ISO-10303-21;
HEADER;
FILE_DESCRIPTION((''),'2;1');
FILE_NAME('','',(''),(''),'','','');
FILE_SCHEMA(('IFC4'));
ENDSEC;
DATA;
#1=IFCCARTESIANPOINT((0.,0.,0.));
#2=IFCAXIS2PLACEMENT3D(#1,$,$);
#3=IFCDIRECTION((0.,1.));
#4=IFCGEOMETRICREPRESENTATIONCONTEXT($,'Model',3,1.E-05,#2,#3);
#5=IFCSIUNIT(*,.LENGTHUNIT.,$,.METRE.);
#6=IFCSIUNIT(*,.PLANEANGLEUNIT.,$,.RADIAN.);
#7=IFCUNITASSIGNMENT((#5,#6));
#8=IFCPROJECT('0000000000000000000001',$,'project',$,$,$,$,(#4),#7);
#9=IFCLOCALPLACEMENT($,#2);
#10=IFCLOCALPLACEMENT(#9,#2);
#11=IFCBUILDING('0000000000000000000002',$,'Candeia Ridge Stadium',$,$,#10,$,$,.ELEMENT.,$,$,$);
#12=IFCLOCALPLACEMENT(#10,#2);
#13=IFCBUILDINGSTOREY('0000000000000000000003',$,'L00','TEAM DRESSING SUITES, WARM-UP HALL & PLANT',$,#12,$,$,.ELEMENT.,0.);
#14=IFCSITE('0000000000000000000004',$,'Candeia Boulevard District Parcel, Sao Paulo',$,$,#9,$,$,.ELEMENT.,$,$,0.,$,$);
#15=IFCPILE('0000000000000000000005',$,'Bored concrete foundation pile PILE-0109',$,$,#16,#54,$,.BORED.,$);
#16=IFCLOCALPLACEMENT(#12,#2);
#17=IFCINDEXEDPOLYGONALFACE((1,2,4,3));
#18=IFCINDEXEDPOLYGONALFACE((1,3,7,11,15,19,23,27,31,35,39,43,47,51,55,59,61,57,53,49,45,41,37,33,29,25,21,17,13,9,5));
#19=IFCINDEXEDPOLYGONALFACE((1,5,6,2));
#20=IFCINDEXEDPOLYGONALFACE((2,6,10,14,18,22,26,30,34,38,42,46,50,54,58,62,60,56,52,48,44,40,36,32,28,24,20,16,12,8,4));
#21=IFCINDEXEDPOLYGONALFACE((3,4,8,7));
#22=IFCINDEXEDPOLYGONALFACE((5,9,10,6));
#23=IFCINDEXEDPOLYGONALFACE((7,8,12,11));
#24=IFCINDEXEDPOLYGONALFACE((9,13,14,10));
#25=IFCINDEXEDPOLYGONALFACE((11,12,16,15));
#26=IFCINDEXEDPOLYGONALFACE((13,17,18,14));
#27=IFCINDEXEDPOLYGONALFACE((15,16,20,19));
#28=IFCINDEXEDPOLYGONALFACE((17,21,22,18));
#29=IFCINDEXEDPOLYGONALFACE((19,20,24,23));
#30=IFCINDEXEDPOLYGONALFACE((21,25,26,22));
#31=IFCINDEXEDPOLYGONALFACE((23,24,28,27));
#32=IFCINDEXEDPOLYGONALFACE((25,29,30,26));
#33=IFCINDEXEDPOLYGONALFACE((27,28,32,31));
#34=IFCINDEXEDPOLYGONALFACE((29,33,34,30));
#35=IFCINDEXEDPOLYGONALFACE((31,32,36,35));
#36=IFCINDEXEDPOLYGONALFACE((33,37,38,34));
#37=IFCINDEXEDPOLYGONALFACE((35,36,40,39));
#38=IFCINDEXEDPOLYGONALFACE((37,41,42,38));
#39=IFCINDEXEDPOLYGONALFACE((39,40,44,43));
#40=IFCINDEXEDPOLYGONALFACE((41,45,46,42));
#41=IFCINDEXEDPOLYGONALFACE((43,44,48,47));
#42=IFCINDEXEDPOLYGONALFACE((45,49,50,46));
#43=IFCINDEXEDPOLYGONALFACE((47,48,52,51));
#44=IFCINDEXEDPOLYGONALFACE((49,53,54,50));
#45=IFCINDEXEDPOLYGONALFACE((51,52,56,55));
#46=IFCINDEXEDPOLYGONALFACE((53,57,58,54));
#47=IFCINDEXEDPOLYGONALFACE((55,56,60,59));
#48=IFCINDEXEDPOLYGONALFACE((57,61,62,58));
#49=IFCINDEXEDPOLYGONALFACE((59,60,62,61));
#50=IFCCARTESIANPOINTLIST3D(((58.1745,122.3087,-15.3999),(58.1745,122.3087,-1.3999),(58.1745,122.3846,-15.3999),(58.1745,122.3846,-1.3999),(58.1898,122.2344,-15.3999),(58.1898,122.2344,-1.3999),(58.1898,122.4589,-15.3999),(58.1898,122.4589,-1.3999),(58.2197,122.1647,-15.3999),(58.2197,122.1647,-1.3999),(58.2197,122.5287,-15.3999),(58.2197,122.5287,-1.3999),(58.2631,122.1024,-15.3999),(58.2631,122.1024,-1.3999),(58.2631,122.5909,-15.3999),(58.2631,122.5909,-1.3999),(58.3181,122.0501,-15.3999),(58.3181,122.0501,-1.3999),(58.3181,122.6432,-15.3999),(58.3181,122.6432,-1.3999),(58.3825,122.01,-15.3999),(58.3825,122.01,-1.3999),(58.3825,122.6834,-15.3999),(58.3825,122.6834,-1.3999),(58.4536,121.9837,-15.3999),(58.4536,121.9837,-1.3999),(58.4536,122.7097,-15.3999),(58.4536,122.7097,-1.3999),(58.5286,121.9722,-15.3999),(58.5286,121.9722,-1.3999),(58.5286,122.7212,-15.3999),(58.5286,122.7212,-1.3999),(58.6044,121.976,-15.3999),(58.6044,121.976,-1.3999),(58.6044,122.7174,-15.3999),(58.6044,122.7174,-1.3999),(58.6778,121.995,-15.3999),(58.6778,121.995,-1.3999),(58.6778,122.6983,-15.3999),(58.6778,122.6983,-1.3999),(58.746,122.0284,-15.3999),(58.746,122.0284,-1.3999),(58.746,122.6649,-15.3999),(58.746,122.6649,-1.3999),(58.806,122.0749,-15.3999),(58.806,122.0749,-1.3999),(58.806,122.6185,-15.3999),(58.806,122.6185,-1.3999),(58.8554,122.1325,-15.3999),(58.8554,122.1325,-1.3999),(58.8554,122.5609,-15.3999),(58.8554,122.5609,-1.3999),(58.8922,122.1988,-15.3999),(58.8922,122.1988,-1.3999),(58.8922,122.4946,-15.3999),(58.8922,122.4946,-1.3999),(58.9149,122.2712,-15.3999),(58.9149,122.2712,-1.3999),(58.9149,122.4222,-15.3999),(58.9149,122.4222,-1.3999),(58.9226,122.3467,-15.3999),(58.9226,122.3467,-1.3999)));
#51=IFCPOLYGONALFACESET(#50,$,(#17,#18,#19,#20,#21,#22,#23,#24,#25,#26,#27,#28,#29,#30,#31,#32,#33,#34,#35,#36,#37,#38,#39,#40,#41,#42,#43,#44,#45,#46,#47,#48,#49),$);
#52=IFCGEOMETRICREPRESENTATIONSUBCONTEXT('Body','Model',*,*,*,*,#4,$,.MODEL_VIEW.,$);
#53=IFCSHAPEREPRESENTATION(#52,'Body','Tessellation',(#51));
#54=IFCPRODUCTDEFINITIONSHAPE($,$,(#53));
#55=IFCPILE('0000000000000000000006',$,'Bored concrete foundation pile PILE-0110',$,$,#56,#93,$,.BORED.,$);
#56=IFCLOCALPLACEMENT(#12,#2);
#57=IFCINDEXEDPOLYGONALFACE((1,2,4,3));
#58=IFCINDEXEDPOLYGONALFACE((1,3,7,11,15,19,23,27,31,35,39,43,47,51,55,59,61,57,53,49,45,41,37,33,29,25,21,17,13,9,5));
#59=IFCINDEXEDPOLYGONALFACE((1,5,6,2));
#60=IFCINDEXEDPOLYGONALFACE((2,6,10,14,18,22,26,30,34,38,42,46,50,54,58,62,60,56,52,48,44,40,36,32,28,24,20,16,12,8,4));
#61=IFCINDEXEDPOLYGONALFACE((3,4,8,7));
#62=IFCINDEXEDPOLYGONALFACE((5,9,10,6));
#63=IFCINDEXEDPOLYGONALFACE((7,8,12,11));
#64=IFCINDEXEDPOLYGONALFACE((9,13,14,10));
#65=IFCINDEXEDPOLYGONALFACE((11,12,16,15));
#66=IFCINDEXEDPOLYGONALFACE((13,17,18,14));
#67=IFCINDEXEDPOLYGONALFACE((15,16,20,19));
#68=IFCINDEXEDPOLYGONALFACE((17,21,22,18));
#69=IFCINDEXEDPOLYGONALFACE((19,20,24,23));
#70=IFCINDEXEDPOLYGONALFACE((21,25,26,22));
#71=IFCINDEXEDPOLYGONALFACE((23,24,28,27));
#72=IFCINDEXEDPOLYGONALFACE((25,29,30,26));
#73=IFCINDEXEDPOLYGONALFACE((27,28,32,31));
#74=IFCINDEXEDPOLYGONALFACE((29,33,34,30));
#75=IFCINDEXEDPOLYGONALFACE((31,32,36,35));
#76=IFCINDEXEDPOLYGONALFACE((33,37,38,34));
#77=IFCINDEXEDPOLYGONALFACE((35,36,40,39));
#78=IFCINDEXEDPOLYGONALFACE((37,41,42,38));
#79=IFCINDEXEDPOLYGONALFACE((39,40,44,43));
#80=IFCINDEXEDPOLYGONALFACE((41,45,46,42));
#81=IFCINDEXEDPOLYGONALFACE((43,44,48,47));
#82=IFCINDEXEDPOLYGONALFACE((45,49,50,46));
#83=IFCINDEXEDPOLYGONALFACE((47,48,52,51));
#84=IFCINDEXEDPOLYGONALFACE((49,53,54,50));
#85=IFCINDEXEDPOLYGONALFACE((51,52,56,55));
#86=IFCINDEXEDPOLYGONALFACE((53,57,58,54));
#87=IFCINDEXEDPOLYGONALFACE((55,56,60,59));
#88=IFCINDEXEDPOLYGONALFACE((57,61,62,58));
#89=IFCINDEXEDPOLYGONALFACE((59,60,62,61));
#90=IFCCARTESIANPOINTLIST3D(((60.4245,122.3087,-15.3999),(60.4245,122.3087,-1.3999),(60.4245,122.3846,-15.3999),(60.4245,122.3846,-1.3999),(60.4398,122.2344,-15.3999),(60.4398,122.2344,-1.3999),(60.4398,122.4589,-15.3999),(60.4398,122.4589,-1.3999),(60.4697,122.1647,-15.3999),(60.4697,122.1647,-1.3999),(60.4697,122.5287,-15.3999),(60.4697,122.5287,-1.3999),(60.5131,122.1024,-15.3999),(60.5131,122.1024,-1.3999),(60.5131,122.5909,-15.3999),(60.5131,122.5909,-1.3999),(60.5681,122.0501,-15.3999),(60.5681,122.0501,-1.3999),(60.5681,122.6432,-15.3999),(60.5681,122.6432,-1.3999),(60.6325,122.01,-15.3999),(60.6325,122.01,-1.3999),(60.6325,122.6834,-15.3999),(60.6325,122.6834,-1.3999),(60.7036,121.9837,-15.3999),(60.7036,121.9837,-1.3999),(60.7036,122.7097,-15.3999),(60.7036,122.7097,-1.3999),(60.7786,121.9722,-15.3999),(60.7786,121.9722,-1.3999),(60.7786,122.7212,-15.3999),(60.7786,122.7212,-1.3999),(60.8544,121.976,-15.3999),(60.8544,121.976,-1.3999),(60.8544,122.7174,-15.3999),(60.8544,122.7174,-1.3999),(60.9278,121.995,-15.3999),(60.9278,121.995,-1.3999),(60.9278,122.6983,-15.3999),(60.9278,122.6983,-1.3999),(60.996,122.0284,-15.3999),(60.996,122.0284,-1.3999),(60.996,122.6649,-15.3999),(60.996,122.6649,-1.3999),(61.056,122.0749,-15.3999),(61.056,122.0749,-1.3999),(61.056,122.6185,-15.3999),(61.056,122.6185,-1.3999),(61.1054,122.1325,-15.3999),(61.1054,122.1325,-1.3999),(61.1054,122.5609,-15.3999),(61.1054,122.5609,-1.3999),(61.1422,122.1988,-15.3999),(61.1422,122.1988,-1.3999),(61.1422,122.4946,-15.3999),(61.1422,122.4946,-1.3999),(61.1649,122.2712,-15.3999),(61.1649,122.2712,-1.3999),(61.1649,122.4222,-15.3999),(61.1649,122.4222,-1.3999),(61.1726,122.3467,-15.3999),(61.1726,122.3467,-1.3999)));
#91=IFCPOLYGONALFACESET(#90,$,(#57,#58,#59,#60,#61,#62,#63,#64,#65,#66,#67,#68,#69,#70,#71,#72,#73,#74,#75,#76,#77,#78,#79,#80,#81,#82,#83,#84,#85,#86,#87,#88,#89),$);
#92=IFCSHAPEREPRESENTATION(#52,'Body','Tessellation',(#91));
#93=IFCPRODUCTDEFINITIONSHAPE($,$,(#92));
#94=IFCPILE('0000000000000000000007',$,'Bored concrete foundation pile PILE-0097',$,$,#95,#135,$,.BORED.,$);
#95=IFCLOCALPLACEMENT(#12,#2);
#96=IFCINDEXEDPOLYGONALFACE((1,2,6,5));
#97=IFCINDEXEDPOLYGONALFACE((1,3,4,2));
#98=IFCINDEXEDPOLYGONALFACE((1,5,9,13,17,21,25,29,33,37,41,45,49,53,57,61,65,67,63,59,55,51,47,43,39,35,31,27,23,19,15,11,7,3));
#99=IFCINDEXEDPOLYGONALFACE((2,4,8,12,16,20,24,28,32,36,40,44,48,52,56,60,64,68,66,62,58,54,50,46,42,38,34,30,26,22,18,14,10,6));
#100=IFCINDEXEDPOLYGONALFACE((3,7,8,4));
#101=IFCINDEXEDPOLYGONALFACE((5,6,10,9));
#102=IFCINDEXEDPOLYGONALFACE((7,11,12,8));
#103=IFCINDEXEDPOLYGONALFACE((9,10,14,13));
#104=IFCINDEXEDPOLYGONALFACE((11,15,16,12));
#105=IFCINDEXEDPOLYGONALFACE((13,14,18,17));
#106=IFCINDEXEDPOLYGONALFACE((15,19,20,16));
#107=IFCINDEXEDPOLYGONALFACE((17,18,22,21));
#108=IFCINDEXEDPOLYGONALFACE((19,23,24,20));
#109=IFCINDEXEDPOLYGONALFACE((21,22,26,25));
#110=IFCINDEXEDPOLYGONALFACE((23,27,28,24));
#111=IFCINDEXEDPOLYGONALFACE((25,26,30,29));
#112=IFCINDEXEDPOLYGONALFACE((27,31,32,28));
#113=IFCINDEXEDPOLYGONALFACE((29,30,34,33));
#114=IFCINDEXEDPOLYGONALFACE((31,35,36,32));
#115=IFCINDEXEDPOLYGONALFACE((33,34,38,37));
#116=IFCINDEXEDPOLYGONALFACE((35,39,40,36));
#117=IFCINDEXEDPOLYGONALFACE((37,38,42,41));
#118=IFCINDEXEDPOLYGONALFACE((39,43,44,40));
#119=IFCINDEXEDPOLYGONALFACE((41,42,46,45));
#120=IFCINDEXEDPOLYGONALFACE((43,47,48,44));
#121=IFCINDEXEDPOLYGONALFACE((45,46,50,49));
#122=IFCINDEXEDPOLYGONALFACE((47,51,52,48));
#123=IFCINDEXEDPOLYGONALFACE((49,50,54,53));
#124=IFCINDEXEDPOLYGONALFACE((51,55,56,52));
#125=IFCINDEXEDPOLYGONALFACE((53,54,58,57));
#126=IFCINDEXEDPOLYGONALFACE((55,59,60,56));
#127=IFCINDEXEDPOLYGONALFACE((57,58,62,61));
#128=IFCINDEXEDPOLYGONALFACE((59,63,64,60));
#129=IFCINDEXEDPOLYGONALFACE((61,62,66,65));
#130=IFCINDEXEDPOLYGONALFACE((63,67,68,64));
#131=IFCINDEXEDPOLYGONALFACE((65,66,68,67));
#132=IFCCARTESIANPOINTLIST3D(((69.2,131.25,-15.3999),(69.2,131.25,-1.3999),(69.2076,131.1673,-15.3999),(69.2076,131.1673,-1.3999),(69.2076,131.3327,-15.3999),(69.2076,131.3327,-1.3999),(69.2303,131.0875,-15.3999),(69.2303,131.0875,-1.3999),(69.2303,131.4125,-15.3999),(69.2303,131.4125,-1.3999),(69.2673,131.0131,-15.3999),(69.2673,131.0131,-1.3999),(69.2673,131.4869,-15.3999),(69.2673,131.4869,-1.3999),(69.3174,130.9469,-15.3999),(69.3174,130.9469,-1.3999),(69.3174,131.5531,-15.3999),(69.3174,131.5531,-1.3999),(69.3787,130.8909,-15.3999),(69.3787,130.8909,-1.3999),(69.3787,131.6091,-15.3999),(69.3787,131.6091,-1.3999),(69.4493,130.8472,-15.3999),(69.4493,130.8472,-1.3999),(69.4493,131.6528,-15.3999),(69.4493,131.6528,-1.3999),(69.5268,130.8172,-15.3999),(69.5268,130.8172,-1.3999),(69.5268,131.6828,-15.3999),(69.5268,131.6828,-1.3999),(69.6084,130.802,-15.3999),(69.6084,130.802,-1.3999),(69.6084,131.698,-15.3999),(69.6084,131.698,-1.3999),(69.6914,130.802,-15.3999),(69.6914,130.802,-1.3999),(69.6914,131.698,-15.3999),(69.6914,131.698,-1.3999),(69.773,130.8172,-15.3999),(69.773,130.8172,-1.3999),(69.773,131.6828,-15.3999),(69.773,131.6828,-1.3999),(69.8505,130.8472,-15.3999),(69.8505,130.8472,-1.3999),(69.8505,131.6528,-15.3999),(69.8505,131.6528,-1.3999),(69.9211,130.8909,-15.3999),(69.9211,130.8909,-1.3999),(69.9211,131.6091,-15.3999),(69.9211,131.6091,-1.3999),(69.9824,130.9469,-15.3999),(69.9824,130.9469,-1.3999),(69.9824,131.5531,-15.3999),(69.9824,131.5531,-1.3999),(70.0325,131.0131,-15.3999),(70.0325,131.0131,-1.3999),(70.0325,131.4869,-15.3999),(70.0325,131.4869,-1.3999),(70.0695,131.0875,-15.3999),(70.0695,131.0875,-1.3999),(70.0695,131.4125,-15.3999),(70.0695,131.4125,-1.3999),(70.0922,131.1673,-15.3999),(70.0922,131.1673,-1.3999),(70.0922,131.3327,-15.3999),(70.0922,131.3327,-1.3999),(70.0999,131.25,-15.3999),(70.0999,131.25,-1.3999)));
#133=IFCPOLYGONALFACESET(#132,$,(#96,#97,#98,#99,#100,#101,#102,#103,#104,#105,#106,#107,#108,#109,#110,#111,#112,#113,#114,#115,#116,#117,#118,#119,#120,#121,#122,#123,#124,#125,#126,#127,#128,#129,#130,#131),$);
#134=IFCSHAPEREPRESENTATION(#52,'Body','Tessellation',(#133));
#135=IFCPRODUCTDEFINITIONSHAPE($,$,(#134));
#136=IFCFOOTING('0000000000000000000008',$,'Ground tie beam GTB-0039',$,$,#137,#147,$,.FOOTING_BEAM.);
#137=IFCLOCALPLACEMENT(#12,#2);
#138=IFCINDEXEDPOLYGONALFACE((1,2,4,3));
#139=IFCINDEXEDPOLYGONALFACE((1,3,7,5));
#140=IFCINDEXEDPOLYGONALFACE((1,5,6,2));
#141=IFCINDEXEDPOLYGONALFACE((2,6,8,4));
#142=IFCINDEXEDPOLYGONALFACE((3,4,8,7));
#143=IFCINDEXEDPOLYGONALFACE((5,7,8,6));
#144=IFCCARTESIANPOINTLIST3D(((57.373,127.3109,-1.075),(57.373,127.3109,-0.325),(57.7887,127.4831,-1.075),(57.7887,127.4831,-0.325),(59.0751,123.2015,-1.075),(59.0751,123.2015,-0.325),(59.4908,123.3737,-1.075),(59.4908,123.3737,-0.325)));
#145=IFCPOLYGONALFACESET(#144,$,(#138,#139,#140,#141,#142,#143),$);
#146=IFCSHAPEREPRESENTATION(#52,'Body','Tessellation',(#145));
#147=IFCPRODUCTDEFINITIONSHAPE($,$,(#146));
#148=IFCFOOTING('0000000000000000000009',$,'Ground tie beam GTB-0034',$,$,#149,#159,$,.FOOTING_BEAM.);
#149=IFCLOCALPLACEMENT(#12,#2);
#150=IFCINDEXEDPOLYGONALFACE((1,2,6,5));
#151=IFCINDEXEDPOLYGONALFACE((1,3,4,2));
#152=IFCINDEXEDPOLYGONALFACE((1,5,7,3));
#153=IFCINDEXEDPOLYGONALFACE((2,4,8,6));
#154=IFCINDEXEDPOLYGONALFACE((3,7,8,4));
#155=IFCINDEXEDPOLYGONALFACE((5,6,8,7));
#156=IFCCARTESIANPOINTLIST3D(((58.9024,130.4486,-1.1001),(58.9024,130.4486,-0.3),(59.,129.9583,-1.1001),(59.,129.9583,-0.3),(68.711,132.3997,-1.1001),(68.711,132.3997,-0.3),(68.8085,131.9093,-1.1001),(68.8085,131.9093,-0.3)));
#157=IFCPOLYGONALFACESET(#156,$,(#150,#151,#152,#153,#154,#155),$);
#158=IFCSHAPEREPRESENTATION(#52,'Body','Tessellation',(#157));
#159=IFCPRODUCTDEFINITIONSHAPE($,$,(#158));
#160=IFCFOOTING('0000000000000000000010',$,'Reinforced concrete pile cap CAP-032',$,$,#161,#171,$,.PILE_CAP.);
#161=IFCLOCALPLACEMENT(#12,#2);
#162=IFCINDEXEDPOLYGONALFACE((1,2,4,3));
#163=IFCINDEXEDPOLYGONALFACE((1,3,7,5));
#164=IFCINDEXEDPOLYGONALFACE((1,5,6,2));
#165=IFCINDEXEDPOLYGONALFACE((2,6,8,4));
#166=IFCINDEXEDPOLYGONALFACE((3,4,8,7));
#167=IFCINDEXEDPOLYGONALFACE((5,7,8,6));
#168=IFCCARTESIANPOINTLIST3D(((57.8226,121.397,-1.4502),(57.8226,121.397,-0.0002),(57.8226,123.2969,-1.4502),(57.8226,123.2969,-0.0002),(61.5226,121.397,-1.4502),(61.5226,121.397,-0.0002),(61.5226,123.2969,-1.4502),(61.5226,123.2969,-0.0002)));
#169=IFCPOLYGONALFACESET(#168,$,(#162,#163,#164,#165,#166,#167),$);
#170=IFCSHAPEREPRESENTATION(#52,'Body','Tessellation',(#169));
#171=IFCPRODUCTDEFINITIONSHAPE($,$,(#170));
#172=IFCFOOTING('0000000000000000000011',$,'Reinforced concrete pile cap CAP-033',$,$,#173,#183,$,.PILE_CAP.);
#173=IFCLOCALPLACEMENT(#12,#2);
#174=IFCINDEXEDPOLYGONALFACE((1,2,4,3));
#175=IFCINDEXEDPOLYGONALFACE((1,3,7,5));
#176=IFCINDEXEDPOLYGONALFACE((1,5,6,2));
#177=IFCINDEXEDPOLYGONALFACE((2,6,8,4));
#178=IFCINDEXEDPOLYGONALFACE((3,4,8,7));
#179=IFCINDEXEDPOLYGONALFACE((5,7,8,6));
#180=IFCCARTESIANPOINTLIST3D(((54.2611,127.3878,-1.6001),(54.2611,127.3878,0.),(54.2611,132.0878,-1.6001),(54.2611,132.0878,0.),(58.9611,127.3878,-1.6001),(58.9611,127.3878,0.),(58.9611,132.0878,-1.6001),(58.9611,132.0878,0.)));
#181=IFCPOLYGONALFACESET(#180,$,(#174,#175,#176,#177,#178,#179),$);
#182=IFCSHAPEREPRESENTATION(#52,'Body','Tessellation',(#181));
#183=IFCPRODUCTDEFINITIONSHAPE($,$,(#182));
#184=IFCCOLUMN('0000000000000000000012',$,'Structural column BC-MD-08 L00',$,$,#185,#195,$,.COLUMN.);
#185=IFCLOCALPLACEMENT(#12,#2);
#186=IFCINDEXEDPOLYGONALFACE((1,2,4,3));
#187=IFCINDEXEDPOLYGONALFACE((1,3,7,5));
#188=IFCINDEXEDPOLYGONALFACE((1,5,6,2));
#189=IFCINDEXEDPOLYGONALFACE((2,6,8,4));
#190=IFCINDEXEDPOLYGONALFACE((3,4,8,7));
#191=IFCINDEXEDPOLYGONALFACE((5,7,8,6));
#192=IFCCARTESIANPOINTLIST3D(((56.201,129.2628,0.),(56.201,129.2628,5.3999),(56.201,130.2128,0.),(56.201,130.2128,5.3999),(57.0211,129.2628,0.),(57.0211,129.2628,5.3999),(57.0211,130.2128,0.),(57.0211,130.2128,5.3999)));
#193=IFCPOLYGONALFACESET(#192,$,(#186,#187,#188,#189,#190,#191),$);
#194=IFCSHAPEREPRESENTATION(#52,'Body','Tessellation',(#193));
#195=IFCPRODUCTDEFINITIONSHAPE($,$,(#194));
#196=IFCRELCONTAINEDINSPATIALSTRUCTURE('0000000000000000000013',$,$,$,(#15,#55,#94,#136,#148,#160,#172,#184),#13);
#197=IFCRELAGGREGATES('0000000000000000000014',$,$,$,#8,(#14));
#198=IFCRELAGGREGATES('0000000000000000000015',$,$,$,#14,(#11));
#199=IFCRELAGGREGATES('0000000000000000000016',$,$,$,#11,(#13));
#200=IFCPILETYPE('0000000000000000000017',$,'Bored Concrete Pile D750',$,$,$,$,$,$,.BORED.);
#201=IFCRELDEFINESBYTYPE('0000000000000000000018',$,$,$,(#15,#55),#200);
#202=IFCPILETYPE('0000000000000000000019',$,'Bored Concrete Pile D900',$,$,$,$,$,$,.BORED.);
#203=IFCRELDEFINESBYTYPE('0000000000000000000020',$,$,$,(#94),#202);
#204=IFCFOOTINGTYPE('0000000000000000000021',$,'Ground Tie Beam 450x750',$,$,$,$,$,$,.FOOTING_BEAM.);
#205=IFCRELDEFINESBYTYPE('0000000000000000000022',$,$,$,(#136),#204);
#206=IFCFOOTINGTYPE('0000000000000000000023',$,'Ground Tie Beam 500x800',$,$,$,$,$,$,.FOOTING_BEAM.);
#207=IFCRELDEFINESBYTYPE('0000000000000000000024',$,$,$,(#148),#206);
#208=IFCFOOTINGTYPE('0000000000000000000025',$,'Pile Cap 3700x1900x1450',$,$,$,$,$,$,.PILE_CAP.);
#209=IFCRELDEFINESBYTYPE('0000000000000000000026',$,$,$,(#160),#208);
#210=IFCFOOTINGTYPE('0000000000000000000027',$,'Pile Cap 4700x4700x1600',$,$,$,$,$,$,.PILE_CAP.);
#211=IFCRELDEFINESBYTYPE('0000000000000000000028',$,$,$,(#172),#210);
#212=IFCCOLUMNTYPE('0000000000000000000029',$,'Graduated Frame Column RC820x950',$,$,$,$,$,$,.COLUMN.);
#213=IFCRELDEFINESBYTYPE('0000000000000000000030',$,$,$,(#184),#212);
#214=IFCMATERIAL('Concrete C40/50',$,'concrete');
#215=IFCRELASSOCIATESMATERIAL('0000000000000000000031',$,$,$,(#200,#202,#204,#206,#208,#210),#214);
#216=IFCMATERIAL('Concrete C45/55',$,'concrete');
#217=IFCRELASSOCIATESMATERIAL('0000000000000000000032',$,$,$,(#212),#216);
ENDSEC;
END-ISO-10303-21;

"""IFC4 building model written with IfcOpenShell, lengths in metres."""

from ifc_helpers import new_model, si_unit, direction, frame, origin, origin_2d, place, context, subcontext, project, spatial, rectangle, circle, extrude, material, material_profile, profile_set, type_object, element, save


model = new_model("IFC4")

# Units and contexts
model_context = context("Model", 3, precision=1e-05, world=origin(), true_north=direction((0.0, 1.0)))
body_context = subcontext(model_context, "Body", "Model", "MODEL_VIEW")
ifc_project = project(units=[si_unit("LENGTHUNIT", "METRE"), si_unit("PLANEANGLEUNIT", "RADIAN")], contexts=[model_context])

# Site, building, storey
site_placement = place(None, origin())
site = spatial("IfcSite", under=ifc_project, at=site_placement, Name="Candeia Boulevard District Parcel, Sao Paulo", CompositionType="ELEMENT", RefElevation=0.0)
building_placement = place(site_placement, origin())
building = spatial("IfcBuilding", under=site, at=building_placement, Name="Candeia Ridge Stadium", CompositionType="ELEMENT")
storey_placement = place(building_placement, origin())
storey = spatial("IfcBuildingStorey", under=building, at=storey_placement, Name="L00", Description="TEAM DRESSING SUITES, WARM-UP HALL & PLANT", CompositionType="ELEMENT", Elevation=0.0)

# Piles
ifc_material_1 = material(Name="Concrete C40/50", Category="concrete")
ifc_material_profile_1 = material_profile(ifc_material_1, circle(Radius=0.375, at=origin_2d()), Name="PILE-D750", Category="concrete")
ifc_profile_set_1 = profile_set([ifc_material_profile_1], Name="Concrete C40/50")
pile_type_1 = type_object("IfcPileType", Name="Bored Concrete Pile D750", PredefinedType="BORED", material=ifc_profile_set_1)
for number, where, z_axis, x_axis, name in (
    (1, (58.5476, 122.3467, -1.3999), (0.0, 0.0, -1.0), (1.0, 0.0, 0.0), "Bored concrete foundation pile PILE-0109"),
    (2, (60.7976, 122.3467, -1.3999), (0.0, 0.0, -1.0), (1.0, 0.0, 0.0), "Bored concrete foundation pile PILE-0110"),
):
    element("IfcPile", number, at=place(storey_placement, frame(where, z_axis=z_axis, x_axis=x_axis)), inside=storey, type_object=pile_type_1, Name=name, PredefinedType="BORED", context=body_context, shape_type="SweptSolid", body=[
        extrude(circle(Radius=0.375, at=origin_2d()), origin(), (0.0, 0.0, 1.0), 14.0),
    ])
ifc_material_profile_2 = material_profile(ifc_material_1, circle(Radius=0.45, at=origin_2d()), Name="PILE-D900", Category="concrete")
ifc_profile_set_2 = profile_set([ifc_material_profile_2], Name="Concrete C40/50")
pile_type_2 = type_object("IfcPileType", Name="Bored Concrete Pile D900", PredefinedType="BORED", material=ifc_profile_set_2)
pile_placement = place(storey_placement, frame((69.6499, 131.25, -1.3999), z_axis=(0.0, 0.0, -1.0), x_axis=(1.0, 0.0, 0.0)))
element("IfcPile", 3, at=pile_placement, inside=storey, type_object=pile_type_2, Name="Bored concrete foundation pile PILE-0097", PredefinedType="BORED", context=body_context, shape_type="SweptSolid", body=[
    extrude(circle(Radius=0.45, at=origin_2d()), origin(), (0.0, 0.0, 1.0), 14.0),
])

# Footings
footing_type_1 = type_object("IfcFootingType", Name="Ground Tie Beam 450x750", PredefinedType="FOOTING_BEAM", material=ifc_material_1)
footing_1_placement = place(storey_placement, frame((58.4319, 125.3423, -1.075), z_axis=(0.0, 0.0, 1.0), x_axis=(-0.382681, 0.92388, 0.0)))
element("IfcFooting", 4, at=footing_1_placement, inside=storey, type_object=footing_type_1, Name="Ground tie beam GTB-0039", PredefinedType="FOOTING_BEAM", context=body_context, shape_type="SweptSolid", body=[
    extrude(rectangle(XDim=4.448, YDim=0.45, at=origin_2d()), origin(), (0.0, 0.0, 1.0), 0.75),
])
footing_type_2 = type_object("IfcFootingType", Name="Ground Tie Beam 500x800", PredefinedType="FOOTING_BEAM", material=ifc_material_1)
footing_2_placement = place(storey_placement, frame((63.8555, 131.179, -1.1001), z_axis=(0.0, 0.0, 1.0), x_axis=(-0.980786, -0.195087, 0.0)))
element("IfcFooting", 5, at=footing_2_placement, inside=storey, type_object=footing_type_2, Name="Ground tie beam GTB-0034", PredefinedType="FOOTING_BEAM", context=body_context, shape_type="SweptSolid", body=[
    extrude(rectangle(XDim=10.0007, YDim=0.5, at=origin_2d()), origin(), (0.0, 0.0, 1.0), 0.8),
])
footing_type_3 = type_object("IfcFootingType", Name="Pile Cap 3700x1900x1450", PredefinedType="PILE_CAP", material=ifc_material_1)
footing_3_placement = place(storey_placement, frame((59.6726, 122.3469, -1.4502), z_axis=(0.0, 0.0, 1.0), x_axis=(1.0, 0.0, 0.0)))
element("IfcFooting", 6, at=footing_3_placement, inside=storey, type_object=footing_type_3, Name="Reinforced concrete pile cap CAP-032", PredefinedType="PILE_CAP", context=body_context, shape_type="SweptSolid", body=[
    extrude(rectangle(XDim=3.7, YDim=1.8999, at=origin_2d()), origin(), (0.0, 0.0, 1.0), 1.45),
])
footing_type_4 = type_object("IfcFootingType", Name="Pile Cap 4700x4700x1600", PredefinedType="PILE_CAP", material=ifc_material_1)
footing_4_placement = place(storey_placement, frame((56.6111, 129.7378, -1.6001), z_axis=(0.0, 0.0, 1.0), x_axis=(1.0, 0.0, 0.0)))
element("IfcFooting", 7, at=footing_4_placement, inside=storey, type_object=footing_type_4, Name="Reinforced concrete pile cap CAP-033", PredefinedType="PILE_CAP", context=body_context, shape_type="SweptSolid", body=[
    extrude(rectangle(XDim=4.7, YDim=4.7, at=origin_2d()), origin(), (0.0, 0.0, 1.0), 1.6001),
])

# Column
ifc_material_2 = material(Name="Concrete C45/55", Category="concrete")
ifc_material_profile_3 = material_profile(ifc_material_2, rectangle(XDim=0.8201, YDim=0.95, at=origin_2d()), Name="RC820x950", Category="concrete")
ifc_profile_set_3 = profile_set([ifc_material_profile_3], Name="Concrete C45/55")
column_type_1 = type_object("IfcColumnType", Name="Graduated Frame Column RC820x950", PredefinedType="COLUMN", material=ifc_profile_set_3)
column_1_placement = place(storey_placement, frame((56.6111, 129.7378, 0.0), z_axis=(0.0, 0.0, 1.0), x_axis=(1.0, 0.0, 0.0)))
element("IfcColumn", 8, at=column_1_placement, inside=storey, type_object=column_type_1, Name="Structural column BC-MD-08 L00", PredefinedType="COLUMN", context=body_context, shape_type="SweptSolid", body=[
    extrude(rectangle(XDim=0.8201, YDim=0.95, at=origin_2d()), origin(), (0.0, 0.0, 1.0), 5.3999),
])

save(model, "model.ifc")
